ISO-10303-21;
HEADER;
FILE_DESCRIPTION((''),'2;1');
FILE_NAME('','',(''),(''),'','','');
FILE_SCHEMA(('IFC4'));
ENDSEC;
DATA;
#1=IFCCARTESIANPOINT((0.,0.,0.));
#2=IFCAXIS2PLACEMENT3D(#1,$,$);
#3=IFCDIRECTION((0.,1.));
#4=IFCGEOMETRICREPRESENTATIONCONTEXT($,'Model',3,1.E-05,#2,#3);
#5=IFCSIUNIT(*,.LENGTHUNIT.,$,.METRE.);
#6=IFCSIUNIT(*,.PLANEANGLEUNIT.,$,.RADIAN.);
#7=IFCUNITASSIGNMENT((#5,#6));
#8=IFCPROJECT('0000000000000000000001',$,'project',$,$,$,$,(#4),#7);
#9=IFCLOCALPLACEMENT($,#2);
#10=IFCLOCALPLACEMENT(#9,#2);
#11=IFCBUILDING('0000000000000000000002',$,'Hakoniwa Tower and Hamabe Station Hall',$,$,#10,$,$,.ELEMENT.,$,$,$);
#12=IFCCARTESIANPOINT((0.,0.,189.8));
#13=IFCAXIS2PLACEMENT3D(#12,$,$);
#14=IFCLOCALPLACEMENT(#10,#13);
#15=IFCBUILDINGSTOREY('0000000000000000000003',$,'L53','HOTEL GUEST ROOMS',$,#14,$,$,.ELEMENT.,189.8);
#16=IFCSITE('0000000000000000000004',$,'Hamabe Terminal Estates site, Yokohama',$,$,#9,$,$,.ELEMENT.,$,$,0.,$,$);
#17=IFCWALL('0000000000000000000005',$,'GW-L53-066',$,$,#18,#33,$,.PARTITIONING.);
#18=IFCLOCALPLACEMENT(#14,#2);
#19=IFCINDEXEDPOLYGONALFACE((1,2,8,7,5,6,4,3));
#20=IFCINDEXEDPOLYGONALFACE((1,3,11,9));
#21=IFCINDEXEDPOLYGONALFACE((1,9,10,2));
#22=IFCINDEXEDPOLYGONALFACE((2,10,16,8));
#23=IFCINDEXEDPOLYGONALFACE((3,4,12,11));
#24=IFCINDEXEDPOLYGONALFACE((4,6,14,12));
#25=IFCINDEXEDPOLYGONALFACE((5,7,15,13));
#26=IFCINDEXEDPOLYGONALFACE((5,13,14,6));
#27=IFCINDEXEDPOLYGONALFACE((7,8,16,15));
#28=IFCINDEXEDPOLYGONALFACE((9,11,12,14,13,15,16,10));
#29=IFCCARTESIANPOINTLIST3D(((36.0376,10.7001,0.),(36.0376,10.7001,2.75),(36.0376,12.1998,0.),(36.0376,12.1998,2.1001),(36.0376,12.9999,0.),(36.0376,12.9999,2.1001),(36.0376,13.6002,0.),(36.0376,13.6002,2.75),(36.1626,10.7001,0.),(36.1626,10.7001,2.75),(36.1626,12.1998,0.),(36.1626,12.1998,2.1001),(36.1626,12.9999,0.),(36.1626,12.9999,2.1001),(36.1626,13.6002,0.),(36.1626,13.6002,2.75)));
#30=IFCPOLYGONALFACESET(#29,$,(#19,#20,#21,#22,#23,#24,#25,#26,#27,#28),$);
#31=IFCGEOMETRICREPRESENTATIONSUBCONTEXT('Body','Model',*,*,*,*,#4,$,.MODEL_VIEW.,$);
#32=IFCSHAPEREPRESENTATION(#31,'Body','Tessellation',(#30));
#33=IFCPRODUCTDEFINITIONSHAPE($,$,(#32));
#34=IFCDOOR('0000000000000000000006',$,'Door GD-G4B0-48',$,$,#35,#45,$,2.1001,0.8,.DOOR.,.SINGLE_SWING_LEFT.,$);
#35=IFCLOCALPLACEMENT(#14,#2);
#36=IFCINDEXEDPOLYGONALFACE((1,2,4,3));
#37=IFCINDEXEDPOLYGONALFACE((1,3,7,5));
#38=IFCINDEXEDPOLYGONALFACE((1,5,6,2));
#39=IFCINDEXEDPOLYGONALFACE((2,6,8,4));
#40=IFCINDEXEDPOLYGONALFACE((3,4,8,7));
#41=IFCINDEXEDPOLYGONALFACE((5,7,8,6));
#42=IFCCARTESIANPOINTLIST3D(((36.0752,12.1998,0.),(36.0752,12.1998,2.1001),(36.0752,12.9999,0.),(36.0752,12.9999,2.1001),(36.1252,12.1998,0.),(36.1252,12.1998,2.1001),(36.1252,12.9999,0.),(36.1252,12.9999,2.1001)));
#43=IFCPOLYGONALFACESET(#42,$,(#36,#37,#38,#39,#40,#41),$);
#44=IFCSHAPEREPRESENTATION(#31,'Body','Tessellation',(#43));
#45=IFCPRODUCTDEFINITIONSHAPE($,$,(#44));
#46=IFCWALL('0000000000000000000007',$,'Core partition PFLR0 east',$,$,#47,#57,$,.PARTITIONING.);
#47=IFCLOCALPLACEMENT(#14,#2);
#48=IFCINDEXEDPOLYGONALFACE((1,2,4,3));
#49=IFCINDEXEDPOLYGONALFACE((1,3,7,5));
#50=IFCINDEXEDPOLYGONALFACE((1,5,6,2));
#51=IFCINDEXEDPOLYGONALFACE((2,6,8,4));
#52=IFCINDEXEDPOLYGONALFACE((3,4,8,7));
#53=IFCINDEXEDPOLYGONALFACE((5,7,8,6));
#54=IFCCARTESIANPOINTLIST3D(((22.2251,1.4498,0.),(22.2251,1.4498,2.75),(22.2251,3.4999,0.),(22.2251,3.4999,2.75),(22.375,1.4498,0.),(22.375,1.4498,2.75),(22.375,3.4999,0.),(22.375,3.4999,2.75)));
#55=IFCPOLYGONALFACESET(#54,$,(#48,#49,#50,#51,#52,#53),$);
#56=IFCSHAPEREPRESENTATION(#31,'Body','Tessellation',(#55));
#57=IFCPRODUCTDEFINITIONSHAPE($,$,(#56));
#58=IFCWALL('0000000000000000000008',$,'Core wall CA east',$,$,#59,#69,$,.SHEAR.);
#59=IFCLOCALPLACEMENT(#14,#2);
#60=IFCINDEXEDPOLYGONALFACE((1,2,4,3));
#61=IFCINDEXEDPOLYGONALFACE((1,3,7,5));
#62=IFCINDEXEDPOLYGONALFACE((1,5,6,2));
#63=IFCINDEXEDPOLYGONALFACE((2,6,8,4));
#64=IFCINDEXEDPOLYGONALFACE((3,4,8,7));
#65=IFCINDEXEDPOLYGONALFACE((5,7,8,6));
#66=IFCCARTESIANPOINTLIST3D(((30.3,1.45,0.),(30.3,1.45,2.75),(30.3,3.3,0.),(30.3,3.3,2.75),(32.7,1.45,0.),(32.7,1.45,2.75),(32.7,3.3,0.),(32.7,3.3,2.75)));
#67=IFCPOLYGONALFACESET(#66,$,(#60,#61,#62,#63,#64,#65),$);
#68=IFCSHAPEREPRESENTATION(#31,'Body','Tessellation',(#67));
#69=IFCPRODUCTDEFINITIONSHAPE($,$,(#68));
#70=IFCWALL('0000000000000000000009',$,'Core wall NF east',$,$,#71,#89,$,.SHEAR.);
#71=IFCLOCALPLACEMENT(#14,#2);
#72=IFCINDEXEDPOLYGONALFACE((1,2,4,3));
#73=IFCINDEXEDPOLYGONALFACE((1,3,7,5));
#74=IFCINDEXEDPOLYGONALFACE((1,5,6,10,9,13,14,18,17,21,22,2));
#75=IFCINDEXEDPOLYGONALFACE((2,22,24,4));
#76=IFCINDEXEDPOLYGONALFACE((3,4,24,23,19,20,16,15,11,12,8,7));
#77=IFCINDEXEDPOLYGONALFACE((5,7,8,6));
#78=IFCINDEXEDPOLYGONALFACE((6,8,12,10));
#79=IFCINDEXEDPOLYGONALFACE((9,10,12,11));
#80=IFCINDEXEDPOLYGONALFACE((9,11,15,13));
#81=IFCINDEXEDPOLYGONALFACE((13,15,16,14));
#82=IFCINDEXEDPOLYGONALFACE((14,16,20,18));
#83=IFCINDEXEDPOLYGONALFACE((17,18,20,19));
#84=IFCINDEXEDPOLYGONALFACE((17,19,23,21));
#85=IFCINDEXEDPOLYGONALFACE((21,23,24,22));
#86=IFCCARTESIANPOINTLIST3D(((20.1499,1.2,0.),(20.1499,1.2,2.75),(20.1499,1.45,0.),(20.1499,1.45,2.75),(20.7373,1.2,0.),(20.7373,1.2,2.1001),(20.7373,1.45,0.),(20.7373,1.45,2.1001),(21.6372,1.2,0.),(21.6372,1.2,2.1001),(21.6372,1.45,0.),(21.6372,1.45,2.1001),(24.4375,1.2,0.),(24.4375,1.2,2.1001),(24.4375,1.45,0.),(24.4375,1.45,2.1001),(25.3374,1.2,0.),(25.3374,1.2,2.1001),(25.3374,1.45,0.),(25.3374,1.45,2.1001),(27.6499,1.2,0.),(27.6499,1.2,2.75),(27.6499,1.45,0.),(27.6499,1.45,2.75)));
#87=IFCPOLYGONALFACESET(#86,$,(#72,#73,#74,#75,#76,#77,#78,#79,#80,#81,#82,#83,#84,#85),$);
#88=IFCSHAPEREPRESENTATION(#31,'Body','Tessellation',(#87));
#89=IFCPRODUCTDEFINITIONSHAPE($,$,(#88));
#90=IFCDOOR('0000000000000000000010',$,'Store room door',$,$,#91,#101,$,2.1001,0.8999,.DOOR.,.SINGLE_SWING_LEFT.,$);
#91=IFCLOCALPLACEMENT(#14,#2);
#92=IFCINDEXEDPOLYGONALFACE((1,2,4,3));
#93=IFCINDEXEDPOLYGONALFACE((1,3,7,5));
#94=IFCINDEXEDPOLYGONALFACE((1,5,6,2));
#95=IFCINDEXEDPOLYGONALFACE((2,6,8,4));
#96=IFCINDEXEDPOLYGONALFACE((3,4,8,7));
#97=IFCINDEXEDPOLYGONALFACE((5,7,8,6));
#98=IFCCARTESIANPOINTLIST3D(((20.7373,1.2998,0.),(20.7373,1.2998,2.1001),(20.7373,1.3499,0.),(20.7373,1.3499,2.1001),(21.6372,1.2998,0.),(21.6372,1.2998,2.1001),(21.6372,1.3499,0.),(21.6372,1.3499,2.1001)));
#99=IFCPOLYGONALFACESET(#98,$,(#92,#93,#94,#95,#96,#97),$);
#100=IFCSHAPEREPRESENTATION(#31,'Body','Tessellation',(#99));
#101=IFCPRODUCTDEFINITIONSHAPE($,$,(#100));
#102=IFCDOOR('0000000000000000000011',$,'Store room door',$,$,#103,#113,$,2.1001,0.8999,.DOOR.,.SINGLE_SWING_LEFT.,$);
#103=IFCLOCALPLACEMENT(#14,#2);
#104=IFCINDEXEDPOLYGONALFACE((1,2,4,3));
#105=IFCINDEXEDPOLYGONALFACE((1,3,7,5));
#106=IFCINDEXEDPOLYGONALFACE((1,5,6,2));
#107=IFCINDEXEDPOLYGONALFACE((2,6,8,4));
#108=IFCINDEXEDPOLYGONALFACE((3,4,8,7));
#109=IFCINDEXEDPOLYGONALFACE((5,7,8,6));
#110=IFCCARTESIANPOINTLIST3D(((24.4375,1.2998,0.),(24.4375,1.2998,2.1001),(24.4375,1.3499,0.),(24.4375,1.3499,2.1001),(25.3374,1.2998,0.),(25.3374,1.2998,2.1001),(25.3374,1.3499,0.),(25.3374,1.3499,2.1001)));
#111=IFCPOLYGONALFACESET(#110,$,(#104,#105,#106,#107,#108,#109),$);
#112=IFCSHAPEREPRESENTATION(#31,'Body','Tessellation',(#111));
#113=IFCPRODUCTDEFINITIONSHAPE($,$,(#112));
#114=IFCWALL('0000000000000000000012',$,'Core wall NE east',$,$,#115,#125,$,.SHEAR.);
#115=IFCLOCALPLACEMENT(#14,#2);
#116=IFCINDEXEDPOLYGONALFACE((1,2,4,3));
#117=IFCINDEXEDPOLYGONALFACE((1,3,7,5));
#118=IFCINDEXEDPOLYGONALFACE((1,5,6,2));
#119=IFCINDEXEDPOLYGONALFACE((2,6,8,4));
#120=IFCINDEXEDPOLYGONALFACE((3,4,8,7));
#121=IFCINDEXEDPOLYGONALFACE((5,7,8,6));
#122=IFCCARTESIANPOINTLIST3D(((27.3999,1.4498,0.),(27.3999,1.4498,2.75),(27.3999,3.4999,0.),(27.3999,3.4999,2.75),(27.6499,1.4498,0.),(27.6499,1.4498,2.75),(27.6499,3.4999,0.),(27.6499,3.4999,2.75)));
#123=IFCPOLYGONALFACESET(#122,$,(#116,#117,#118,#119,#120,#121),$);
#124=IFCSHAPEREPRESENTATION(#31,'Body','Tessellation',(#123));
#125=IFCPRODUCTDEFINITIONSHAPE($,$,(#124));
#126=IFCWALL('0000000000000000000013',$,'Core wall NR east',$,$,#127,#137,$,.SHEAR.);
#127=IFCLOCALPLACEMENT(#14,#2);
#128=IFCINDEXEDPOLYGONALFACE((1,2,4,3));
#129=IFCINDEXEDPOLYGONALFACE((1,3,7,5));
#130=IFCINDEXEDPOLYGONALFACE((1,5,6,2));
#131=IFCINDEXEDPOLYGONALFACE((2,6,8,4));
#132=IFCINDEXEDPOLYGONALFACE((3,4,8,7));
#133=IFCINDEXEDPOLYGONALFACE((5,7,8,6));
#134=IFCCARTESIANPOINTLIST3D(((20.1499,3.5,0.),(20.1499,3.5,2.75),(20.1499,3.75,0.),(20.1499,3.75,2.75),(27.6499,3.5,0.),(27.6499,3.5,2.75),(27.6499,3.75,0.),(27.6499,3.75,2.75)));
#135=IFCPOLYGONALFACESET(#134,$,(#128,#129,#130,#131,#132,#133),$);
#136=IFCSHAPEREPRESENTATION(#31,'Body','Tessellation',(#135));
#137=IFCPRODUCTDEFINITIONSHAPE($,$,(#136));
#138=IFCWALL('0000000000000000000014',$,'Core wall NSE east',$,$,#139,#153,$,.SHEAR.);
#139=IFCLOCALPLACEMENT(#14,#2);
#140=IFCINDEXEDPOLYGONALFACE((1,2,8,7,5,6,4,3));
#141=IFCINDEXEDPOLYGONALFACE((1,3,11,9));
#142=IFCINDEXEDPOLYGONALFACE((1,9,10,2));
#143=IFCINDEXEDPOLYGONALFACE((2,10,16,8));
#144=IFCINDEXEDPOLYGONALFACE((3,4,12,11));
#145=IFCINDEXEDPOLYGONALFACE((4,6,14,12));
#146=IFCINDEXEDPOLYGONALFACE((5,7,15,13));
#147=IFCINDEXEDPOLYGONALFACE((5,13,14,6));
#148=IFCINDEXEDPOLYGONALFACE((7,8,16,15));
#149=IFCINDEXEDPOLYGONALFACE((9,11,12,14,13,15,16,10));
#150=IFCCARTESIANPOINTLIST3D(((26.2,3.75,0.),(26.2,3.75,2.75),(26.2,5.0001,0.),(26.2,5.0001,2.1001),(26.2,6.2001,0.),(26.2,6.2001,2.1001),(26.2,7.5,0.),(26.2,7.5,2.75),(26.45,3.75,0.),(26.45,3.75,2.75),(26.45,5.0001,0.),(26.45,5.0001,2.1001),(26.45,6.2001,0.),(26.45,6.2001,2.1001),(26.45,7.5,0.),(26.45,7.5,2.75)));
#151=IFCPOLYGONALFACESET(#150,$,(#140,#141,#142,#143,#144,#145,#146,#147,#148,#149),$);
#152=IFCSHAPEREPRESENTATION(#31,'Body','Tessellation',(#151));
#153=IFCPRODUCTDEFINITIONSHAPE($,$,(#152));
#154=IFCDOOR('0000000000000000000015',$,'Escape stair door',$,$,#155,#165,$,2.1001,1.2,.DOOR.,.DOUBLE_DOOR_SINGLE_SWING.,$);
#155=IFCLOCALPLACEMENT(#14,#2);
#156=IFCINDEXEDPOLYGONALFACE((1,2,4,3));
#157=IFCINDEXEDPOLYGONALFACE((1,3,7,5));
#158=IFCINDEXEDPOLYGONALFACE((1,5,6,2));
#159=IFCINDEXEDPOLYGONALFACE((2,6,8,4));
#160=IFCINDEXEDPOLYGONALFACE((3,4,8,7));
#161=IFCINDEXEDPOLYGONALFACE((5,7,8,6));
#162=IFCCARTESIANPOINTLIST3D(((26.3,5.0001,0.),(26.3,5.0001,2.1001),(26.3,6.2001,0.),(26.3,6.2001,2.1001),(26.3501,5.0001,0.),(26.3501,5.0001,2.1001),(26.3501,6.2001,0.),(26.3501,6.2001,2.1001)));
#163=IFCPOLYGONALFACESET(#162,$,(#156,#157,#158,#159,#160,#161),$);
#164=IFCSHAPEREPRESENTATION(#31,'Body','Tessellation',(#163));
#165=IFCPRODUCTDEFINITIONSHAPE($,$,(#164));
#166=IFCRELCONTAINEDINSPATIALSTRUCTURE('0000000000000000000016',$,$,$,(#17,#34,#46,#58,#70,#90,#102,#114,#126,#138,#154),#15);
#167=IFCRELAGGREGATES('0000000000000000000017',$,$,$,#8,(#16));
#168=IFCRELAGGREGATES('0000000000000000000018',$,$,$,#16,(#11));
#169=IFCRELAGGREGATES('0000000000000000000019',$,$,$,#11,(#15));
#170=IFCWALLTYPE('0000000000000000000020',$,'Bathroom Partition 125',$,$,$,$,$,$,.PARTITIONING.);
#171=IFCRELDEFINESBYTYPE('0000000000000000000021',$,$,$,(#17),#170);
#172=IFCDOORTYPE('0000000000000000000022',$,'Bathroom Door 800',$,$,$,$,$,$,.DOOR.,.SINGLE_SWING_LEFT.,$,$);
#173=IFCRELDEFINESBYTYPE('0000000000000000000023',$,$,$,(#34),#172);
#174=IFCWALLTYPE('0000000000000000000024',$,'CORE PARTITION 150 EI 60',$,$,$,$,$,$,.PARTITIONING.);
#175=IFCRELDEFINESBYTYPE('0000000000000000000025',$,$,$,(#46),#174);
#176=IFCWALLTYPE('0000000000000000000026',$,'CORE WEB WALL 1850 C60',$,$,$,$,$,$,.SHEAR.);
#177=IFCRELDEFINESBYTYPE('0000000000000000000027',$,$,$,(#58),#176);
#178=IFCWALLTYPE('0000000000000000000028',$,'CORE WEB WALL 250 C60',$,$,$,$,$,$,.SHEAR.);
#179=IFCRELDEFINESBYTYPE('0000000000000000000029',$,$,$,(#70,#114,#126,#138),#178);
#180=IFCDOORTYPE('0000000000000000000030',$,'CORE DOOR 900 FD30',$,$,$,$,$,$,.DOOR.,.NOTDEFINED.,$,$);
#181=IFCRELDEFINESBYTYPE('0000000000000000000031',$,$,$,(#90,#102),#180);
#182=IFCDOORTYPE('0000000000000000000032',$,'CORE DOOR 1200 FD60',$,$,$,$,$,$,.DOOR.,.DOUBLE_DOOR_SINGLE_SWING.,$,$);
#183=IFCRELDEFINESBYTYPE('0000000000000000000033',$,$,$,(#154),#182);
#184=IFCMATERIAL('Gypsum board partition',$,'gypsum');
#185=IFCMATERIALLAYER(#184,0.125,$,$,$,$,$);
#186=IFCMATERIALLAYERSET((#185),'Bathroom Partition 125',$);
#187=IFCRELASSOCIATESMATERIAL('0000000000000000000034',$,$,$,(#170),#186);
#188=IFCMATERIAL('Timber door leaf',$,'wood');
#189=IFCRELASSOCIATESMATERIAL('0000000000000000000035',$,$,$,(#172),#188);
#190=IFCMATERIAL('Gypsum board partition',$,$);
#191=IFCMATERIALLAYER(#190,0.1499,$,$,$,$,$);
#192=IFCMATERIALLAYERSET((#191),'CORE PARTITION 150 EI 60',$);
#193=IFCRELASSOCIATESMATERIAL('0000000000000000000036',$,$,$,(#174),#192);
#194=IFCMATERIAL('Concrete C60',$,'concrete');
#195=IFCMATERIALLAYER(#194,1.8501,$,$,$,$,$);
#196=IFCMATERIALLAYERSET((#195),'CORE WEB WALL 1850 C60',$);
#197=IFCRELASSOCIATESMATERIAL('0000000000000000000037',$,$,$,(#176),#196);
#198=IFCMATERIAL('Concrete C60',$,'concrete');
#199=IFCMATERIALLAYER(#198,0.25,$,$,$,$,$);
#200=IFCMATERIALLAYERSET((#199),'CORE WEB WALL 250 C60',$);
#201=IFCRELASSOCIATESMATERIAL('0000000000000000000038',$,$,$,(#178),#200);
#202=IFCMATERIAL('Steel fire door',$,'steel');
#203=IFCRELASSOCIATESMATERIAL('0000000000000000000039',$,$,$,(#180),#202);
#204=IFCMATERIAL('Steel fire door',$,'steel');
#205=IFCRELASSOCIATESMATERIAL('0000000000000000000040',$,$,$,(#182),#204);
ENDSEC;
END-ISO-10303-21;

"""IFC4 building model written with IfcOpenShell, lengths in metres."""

from ifc_helpers import new_model, si_unit, direction, frame, frame_2d, origin, place, context, subcontext, project, spatial, rectangle, extrude, material, layer, layer_set, type_object, element, fill, save


model = new_model("IFC4")

# Units and contexts
model_context = context("Model", 3, precision=1e-05, world=origin(), true_north=direction((0.0, 1.0)))
body_context = subcontext(model_context, "Body", "Model", "MODEL_VIEW")
ifc_project = project(units=[si_unit("LENGTHUNIT", "METRE"), si_unit("PLANEANGLEUNIT", "RADIAN")], contexts=[model_context])

# Site, building, storey
site_placement = place(None, origin())
site = spatial("IfcSite", under=ifc_project, at=site_placement, Name="Hamabe Terminal Estates site, Yokohama", CompositionType="ELEMENT", RefElevation=0.0)
building_placement = place(site_placement, origin())
building = spatial("IfcBuilding", under=site, at=building_placement, Name="Hakoniwa Tower and Hamabe Station Hall", CompositionType="ELEMENT")
storey_placement = place(building_placement, frame((0.0, 0.0, 189.8)))
storey = spatial("IfcBuildingStorey", under=building, at=storey_placement, Name="L53", Description="HOTEL GUEST ROOMS", CompositionType="ELEMENT", Elevation=189.8)

# Shared definitions
ifc_material_1 = material(Name="Gypsum board partition", Category="gypsum")
ifc_layer_1 = layer(ifc_material_1, 0.125)
ifc_layer_set_1 = layer_set([ifc_layer_1], Name="Bathroom Partition 125")
wall_type_1 = type_object("IfcWallType", Name="Bathroom Partition 125", PredefinedType="PARTITIONING", material=ifc_layer_set_1)

# Wall, opening, door
wall_1_placement = place(storey_placement, frame((36.1001, 10.7, 0.0), z_axis=(0.0, 0.0, 1.0), x_axis=(0.0, 1.0, 0.0)))
wall_1 = element("IfcWall", 1, at=wall_1_placement, inside=storey, type_object=wall_type_1, Name="GW-L53-066", PredefinedType="PARTITIONING", context=body_context, shape_type="SweptSolid", body=[
    extrude(rectangle(XDim=2.9001, YDim=0.125, at=frame_2d((1.4502, 0.0))), origin(), (0.0, 0.0, 1.0), 2.75),
])
opening_1_placement = place(wall_1_placement, frame((1.5, 0.0, 0.0)))
opening_1 = element("IfcOpeningElement", 2, at=opening_1_placement, cuts=wall_1, PredefinedType="OPENING", context=body_context, shape_type="SweptSolid", body=[
    extrude(rectangle(XDim=0.8, YDim=2.1001, at=frame_2d((0.3999, 1.05))), frame((0.0, 0.0725, 0.0), z_axis=(0.0, -1.0, 0.0), x_axis=(1.0, 0.0, 0.0)), (0.0, 0.0, 1.0), 0.145),
])
ifc_material_2 = material(Name="Timber door leaf", Category="wood")
door_type_1 = type_object("IfcDoorType", Name="Bathroom Door 800", OperationType="SINGLE_SWING_LEFT", PredefinedType="DOOR", material=ifc_material_2)
door_1_placement = place(opening_1_placement, origin())
door_1 = element("IfcDoor", 3, at=door_1_placement, inside=storey, type_object=door_type_1, Name="Door GD-G4B0-48", OperationType="SINGLE_SWING_LEFT", OverallHeight=2.1001, OverallWidth=0.8, PredefinedType="DOOR", context=body_context, shape_type="SweptSolid", body=[
    extrude(rectangle(XDim=0.8, YDim=2.1001, at=frame_2d((0.3999, 1.05))), frame((0.0, 0.0249, 0.0), z_axis=(0.0, -1.0, 0.0), x_axis=(1.0, 0.0, 0.0)), (0.0, 0.0, 1.0), 0.05),
])
fill(opening_1, door_1)

# Walls
ifc_material_3 = material(Name="Gypsum board partition")
ifc_layer_2 = layer(ifc_material_3, 0.1499)
ifc_layer_set_2 = layer_set([ifc_layer_2], Name="CORE PARTITION 150 EI 60")
wall_type_2 = type_object("IfcWallType", Name="CORE PARTITION 150 EI 60", PredefinedType="PARTITIONING", material=ifc_layer_set_2)
wall_2_placement = place(storey_placement, frame((22.3, 1.45, 0.0), z_axis=(0.0, 0.0, 1.0), x_axis=(0.0, 1.0, 0.0)))
element("IfcWall", 4, at=wall_2_placement, inside=storey, type_object=wall_type_2, Name="Core partition PFLR0 east", PredefinedType="PARTITIONING", context=body_context, shape_type="SweptSolid", body=[
    extrude(rectangle(XDim=2.05, YDim=0.1499, at=frame_2d((1.0249, 0.0))), origin(), (0.0, 0.0, 1.0), 2.75),
])
ifc_material_4 = material(Name="Concrete C60", Category="concrete")
ifc_layer_3 = layer(ifc_material_4, 1.8501)
ifc_layer_set_3 = layer_set([ifc_layer_3], Name="CORE WEB WALL 1850 C60")
wall_type_3 = type_object("IfcWallType", Name="CORE WEB WALL 1850 C60", PredefinedType="SHEAR", material=ifc_layer_set_3)
wall_3_placement = place(storey_placement, frame((30.3, 2.375, 0.0), z_axis=(0.0, 0.0, 1.0), x_axis=(1.0, 0.0, 0.0)))
element("IfcWall", 5, at=wall_3_placement, inside=storey, type_object=wall_type_3, Name="Core wall CA east", PredefinedType="SHEAR", context=body_context, shape_type="SweptSolid", body=[
    extrude(rectangle(XDim=2.3999, YDim=1.8501, at=frame_2d((1.2, 0.0))), origin(), (0.0, 0.0, 1.0), 2.75),
])

# Wall, openings, doors
ifc_material_5 = material(Name="Concrete C60", Category="concrete")
ifc_layer_4 = layer(ifc_material_5, 0.25)
ifc_layer_set_4 = layer_set([ifc_layer_4], Name="CORE WEB WALL 250 C60")
wall_type_4 = type_object("IfcWallType", Name="CORE WEB WALL 250 C60", PredefinedType="SHEAR", material=ifc_layer_set_4)
wall_4_placement = place(storey_placement, frame((20.1499, 1.325, 0.0), z_axis=(0.0, 0.0, 1.0), x_axis=(1.0, 0.0, 0.0)))
wall_4 = element("IfcWall", 6, at=wall_4_placement, inside=storey, type_object=wall_type_4, Name="Core wall NF east", PredefinedType="SHEAR", context=body_context, shape_type="SweptSolid", body=[
    extrude(rectangle(XDim=7.5, YDim=0.25, at=frame_2d((3.75, 0.0))), origin(), (0.0, 0.0, 1.0), 2.75),
])
opening_2_placement = place(wall_4_placement, frame((0.5874, 0.0, 0.0)))
opening_2 = element("IfcOpeningElement", 7, at=opening_2_placement, cuts=wall_4, PredefinedType="OPENING", context=body_context, shape_type="SweptSolid", body=[
    extrude(rectangle(XDim=0.8999, YDim=2.1001, at=frame_2d((0.45, 1.05))), frame((0.0, 0.135, 0.0), z_axis=(0.0, -1.0, 0.0), x_axis=(1.0, 0.0, 0.0)), (0.0, 0.0, 1.0), 0.27),
])
opening_3_placement = place(wall_4_placement, frame((4.2876, 0.0, 0.0)))
opening_3 = element("IfcOpeningElement", 8, at=opening_3_placement, cuts=wall_4, PredefinedType="OPENING", context=body_context, shape_type="SweptSolid", body=[
    extrude(rectangle(XDim=0.8999, YDim=2.1001, at=frame_2d((0.45, 1.05))), frame((0.0, 0.135, 0.0), z_axis=(0.0, -1.0, 0.0), x_axis=(1.0, 0.0, 0.0)), (0.0, 0.0, 1.0), 0.27),
])
ifc_material_6 = material(Name="Steel fire door", Category="steel")
door_type_2 = type_object("IfcDoorType", Name="CORE DOOR 900 FD30", OperationType="NOTDEFINED", PredefinedType="DOOR", material=ifc_material_6)
door_2_placement = place(opening_2_placement, origin())
door_2 = element("IfcDoor", 9, at=door_2_placement, inside=storey, type_object=door_type_2, Name="Store room door", OperationType="SINGLE_SWING_LEFT", OverallHeight=2.1001, OverallWidth=0.8999, PredefinedType="DOOR", context=body_context, shape_type="SweptSolid", body=[
    extrude(rectangle(XDim=0.8999, YDim=2.1001, at=frame_2d((0.45, 1.05))), frame((0.0, 0.0249, 0.0), z_axis=(0.0, -1.0, 0.0), x_axis=(1.0, 0.0, 0.0)), (0.0, 0.0, 1.0), 0.05),
])
fill(opening_2, door_2)
door_3_placement = place(opening_3_placement, origin())
door_3 = element("IfcDoor", 10, at=door_3_placement, inside=storey, type_object=door_type_2, Name="Store room door", OperationType="SINGLE_SWING_LEFT", OverallHeight=2.1001, OverallWidth=0.8999, PredefinedType="DOOR", context=body_context, shape_type="SweptSolid", body=[
    extrude(rectangle(XDim=0.8999, YDim=2.1001, at=frame_2d((0.45, 1.05))), frame((0.0, 0.0249, 0.0), z_axis=(0.0, -1.0, 0.0), x_axis=(1.0, 0.0, 0.0)), (0.0, 0.0, 1.0), 0.05),
])
fill(opening_3, door_3)

# Walls
wall_5_placement = place(storey_placement, frame((27.5249, 1.45, 0.0), z_axis=(0.0, 0.0, 1.0), x_axis=(0.0, 1.0, 0.0)))
element("IfcWall", 11, at=wall_5_placement, inside=storey, type_object=wall_type_4, Name="Core wall NE east", PredefinedType="SHEAR", context=body_context, shape_type="SweptSolid", body=[
    extrude(rectangle(XDim=2.05, YDim=0.25, at=frame_2d((1.0249, 0.0))), origin(), (0.0, 0.0, 1.0), 2.75),
])
wall_6_placement = place(storey_placement, frame((20.1499, 3.625, 0.0), z_axis=(0.0, 0.0, 1.0), x_axis=(1.0, 0.0, 0.0)))
element("IfcWall", 12, at=wall_6_placement, inside=storey, type_object=wall_type_4, Name="Core wall NR east", PredefinedType="SHEAR", context=body_context, shape_type="SweptSolid", body=[
    extrude(rectangle(XDim=7.5, YDim=0.25, at=frame_2d((3.75, 0.0))), origin(), (0.0, 0.0, 1.0), 2.75),
])

# Wall, opening, door
wall_7_placement = place(storey_placement, frame((26.325, 3.75, 0.0), z_axis=(0.0, 0.0, 1.0), x_axis=(0.0, 1.0, 0.0)))
wall_7 = element("IfcWall", 13, at=wall_7_placement, inside=storey, type_object=wall_type_4, Name="Core wall NSE east", PredefinedType="SHEAR", context=body_context, shape_type="SweptSolid", body=[
    extrude(rectangle(XDim=3.75, YDim=0.25, at=frame_2d((1.875, 0.0))), origin(), (0.0, 0.0, 1.0), 2.75),
])
opening_4_placement = place(wall_7_placement, frame((1.25, 0.0, 0.0)))
opening_4 = element("IfcOpeningElement", 14, at=opening_4_placement, cuts=wall_7, PredefinedType="OPENING", context=body_context, shape_type="SweptSolid", body=[
    extrude(rectangle(XDim=1.2, YDim=2.1001, at=frame_2d((0.6001, 1.05))), frame((0.0, 0.135, 0.0), z_axis=(0.0, -1.0, 0.0), x_axis=(1.0, 0.0, 0.0)), (0.0, 0.0, 1.0), 0.27),
])
ifc_material_7 = material(Name="Steel fire door", Category="steel")
door_type_3 = type_object("IfcDoorType", Name="CORE DOOR 1200 FD60", OperationType="DOUBLE_DOOR_SINGLE_SWING", PredefinedType="DOOR", material=ifc_material_7)
door_4_placement = place(opening_4_placement, origin())
door_4 = element("IfcDoor", 15, at=door_4_placement, inside=storey, type_object=door_type_3, Name="Escape stair door", OperationType="DOUBLE_DOOR_SINGLE_SWING", OverallHeight=2.1001, OverallWidth=1.2, PredefinedType="DOOR", context=body_context, shape_type="SweptSolid", body=[
    extrude(rectangle(XDim=1.2, YDim=2.1001, at=frame_2d((0.6001, 1.05))), frame((0.0, 0.0249, 0.0), z_axis=(0.0, -1.0, 0.0), x_axis=(1.0, 0.0, 0.0)), (0.0, 0.0, 1.0), 0.05),
])
fill(opening_4, door_4)

save(model, "model.ifc")
